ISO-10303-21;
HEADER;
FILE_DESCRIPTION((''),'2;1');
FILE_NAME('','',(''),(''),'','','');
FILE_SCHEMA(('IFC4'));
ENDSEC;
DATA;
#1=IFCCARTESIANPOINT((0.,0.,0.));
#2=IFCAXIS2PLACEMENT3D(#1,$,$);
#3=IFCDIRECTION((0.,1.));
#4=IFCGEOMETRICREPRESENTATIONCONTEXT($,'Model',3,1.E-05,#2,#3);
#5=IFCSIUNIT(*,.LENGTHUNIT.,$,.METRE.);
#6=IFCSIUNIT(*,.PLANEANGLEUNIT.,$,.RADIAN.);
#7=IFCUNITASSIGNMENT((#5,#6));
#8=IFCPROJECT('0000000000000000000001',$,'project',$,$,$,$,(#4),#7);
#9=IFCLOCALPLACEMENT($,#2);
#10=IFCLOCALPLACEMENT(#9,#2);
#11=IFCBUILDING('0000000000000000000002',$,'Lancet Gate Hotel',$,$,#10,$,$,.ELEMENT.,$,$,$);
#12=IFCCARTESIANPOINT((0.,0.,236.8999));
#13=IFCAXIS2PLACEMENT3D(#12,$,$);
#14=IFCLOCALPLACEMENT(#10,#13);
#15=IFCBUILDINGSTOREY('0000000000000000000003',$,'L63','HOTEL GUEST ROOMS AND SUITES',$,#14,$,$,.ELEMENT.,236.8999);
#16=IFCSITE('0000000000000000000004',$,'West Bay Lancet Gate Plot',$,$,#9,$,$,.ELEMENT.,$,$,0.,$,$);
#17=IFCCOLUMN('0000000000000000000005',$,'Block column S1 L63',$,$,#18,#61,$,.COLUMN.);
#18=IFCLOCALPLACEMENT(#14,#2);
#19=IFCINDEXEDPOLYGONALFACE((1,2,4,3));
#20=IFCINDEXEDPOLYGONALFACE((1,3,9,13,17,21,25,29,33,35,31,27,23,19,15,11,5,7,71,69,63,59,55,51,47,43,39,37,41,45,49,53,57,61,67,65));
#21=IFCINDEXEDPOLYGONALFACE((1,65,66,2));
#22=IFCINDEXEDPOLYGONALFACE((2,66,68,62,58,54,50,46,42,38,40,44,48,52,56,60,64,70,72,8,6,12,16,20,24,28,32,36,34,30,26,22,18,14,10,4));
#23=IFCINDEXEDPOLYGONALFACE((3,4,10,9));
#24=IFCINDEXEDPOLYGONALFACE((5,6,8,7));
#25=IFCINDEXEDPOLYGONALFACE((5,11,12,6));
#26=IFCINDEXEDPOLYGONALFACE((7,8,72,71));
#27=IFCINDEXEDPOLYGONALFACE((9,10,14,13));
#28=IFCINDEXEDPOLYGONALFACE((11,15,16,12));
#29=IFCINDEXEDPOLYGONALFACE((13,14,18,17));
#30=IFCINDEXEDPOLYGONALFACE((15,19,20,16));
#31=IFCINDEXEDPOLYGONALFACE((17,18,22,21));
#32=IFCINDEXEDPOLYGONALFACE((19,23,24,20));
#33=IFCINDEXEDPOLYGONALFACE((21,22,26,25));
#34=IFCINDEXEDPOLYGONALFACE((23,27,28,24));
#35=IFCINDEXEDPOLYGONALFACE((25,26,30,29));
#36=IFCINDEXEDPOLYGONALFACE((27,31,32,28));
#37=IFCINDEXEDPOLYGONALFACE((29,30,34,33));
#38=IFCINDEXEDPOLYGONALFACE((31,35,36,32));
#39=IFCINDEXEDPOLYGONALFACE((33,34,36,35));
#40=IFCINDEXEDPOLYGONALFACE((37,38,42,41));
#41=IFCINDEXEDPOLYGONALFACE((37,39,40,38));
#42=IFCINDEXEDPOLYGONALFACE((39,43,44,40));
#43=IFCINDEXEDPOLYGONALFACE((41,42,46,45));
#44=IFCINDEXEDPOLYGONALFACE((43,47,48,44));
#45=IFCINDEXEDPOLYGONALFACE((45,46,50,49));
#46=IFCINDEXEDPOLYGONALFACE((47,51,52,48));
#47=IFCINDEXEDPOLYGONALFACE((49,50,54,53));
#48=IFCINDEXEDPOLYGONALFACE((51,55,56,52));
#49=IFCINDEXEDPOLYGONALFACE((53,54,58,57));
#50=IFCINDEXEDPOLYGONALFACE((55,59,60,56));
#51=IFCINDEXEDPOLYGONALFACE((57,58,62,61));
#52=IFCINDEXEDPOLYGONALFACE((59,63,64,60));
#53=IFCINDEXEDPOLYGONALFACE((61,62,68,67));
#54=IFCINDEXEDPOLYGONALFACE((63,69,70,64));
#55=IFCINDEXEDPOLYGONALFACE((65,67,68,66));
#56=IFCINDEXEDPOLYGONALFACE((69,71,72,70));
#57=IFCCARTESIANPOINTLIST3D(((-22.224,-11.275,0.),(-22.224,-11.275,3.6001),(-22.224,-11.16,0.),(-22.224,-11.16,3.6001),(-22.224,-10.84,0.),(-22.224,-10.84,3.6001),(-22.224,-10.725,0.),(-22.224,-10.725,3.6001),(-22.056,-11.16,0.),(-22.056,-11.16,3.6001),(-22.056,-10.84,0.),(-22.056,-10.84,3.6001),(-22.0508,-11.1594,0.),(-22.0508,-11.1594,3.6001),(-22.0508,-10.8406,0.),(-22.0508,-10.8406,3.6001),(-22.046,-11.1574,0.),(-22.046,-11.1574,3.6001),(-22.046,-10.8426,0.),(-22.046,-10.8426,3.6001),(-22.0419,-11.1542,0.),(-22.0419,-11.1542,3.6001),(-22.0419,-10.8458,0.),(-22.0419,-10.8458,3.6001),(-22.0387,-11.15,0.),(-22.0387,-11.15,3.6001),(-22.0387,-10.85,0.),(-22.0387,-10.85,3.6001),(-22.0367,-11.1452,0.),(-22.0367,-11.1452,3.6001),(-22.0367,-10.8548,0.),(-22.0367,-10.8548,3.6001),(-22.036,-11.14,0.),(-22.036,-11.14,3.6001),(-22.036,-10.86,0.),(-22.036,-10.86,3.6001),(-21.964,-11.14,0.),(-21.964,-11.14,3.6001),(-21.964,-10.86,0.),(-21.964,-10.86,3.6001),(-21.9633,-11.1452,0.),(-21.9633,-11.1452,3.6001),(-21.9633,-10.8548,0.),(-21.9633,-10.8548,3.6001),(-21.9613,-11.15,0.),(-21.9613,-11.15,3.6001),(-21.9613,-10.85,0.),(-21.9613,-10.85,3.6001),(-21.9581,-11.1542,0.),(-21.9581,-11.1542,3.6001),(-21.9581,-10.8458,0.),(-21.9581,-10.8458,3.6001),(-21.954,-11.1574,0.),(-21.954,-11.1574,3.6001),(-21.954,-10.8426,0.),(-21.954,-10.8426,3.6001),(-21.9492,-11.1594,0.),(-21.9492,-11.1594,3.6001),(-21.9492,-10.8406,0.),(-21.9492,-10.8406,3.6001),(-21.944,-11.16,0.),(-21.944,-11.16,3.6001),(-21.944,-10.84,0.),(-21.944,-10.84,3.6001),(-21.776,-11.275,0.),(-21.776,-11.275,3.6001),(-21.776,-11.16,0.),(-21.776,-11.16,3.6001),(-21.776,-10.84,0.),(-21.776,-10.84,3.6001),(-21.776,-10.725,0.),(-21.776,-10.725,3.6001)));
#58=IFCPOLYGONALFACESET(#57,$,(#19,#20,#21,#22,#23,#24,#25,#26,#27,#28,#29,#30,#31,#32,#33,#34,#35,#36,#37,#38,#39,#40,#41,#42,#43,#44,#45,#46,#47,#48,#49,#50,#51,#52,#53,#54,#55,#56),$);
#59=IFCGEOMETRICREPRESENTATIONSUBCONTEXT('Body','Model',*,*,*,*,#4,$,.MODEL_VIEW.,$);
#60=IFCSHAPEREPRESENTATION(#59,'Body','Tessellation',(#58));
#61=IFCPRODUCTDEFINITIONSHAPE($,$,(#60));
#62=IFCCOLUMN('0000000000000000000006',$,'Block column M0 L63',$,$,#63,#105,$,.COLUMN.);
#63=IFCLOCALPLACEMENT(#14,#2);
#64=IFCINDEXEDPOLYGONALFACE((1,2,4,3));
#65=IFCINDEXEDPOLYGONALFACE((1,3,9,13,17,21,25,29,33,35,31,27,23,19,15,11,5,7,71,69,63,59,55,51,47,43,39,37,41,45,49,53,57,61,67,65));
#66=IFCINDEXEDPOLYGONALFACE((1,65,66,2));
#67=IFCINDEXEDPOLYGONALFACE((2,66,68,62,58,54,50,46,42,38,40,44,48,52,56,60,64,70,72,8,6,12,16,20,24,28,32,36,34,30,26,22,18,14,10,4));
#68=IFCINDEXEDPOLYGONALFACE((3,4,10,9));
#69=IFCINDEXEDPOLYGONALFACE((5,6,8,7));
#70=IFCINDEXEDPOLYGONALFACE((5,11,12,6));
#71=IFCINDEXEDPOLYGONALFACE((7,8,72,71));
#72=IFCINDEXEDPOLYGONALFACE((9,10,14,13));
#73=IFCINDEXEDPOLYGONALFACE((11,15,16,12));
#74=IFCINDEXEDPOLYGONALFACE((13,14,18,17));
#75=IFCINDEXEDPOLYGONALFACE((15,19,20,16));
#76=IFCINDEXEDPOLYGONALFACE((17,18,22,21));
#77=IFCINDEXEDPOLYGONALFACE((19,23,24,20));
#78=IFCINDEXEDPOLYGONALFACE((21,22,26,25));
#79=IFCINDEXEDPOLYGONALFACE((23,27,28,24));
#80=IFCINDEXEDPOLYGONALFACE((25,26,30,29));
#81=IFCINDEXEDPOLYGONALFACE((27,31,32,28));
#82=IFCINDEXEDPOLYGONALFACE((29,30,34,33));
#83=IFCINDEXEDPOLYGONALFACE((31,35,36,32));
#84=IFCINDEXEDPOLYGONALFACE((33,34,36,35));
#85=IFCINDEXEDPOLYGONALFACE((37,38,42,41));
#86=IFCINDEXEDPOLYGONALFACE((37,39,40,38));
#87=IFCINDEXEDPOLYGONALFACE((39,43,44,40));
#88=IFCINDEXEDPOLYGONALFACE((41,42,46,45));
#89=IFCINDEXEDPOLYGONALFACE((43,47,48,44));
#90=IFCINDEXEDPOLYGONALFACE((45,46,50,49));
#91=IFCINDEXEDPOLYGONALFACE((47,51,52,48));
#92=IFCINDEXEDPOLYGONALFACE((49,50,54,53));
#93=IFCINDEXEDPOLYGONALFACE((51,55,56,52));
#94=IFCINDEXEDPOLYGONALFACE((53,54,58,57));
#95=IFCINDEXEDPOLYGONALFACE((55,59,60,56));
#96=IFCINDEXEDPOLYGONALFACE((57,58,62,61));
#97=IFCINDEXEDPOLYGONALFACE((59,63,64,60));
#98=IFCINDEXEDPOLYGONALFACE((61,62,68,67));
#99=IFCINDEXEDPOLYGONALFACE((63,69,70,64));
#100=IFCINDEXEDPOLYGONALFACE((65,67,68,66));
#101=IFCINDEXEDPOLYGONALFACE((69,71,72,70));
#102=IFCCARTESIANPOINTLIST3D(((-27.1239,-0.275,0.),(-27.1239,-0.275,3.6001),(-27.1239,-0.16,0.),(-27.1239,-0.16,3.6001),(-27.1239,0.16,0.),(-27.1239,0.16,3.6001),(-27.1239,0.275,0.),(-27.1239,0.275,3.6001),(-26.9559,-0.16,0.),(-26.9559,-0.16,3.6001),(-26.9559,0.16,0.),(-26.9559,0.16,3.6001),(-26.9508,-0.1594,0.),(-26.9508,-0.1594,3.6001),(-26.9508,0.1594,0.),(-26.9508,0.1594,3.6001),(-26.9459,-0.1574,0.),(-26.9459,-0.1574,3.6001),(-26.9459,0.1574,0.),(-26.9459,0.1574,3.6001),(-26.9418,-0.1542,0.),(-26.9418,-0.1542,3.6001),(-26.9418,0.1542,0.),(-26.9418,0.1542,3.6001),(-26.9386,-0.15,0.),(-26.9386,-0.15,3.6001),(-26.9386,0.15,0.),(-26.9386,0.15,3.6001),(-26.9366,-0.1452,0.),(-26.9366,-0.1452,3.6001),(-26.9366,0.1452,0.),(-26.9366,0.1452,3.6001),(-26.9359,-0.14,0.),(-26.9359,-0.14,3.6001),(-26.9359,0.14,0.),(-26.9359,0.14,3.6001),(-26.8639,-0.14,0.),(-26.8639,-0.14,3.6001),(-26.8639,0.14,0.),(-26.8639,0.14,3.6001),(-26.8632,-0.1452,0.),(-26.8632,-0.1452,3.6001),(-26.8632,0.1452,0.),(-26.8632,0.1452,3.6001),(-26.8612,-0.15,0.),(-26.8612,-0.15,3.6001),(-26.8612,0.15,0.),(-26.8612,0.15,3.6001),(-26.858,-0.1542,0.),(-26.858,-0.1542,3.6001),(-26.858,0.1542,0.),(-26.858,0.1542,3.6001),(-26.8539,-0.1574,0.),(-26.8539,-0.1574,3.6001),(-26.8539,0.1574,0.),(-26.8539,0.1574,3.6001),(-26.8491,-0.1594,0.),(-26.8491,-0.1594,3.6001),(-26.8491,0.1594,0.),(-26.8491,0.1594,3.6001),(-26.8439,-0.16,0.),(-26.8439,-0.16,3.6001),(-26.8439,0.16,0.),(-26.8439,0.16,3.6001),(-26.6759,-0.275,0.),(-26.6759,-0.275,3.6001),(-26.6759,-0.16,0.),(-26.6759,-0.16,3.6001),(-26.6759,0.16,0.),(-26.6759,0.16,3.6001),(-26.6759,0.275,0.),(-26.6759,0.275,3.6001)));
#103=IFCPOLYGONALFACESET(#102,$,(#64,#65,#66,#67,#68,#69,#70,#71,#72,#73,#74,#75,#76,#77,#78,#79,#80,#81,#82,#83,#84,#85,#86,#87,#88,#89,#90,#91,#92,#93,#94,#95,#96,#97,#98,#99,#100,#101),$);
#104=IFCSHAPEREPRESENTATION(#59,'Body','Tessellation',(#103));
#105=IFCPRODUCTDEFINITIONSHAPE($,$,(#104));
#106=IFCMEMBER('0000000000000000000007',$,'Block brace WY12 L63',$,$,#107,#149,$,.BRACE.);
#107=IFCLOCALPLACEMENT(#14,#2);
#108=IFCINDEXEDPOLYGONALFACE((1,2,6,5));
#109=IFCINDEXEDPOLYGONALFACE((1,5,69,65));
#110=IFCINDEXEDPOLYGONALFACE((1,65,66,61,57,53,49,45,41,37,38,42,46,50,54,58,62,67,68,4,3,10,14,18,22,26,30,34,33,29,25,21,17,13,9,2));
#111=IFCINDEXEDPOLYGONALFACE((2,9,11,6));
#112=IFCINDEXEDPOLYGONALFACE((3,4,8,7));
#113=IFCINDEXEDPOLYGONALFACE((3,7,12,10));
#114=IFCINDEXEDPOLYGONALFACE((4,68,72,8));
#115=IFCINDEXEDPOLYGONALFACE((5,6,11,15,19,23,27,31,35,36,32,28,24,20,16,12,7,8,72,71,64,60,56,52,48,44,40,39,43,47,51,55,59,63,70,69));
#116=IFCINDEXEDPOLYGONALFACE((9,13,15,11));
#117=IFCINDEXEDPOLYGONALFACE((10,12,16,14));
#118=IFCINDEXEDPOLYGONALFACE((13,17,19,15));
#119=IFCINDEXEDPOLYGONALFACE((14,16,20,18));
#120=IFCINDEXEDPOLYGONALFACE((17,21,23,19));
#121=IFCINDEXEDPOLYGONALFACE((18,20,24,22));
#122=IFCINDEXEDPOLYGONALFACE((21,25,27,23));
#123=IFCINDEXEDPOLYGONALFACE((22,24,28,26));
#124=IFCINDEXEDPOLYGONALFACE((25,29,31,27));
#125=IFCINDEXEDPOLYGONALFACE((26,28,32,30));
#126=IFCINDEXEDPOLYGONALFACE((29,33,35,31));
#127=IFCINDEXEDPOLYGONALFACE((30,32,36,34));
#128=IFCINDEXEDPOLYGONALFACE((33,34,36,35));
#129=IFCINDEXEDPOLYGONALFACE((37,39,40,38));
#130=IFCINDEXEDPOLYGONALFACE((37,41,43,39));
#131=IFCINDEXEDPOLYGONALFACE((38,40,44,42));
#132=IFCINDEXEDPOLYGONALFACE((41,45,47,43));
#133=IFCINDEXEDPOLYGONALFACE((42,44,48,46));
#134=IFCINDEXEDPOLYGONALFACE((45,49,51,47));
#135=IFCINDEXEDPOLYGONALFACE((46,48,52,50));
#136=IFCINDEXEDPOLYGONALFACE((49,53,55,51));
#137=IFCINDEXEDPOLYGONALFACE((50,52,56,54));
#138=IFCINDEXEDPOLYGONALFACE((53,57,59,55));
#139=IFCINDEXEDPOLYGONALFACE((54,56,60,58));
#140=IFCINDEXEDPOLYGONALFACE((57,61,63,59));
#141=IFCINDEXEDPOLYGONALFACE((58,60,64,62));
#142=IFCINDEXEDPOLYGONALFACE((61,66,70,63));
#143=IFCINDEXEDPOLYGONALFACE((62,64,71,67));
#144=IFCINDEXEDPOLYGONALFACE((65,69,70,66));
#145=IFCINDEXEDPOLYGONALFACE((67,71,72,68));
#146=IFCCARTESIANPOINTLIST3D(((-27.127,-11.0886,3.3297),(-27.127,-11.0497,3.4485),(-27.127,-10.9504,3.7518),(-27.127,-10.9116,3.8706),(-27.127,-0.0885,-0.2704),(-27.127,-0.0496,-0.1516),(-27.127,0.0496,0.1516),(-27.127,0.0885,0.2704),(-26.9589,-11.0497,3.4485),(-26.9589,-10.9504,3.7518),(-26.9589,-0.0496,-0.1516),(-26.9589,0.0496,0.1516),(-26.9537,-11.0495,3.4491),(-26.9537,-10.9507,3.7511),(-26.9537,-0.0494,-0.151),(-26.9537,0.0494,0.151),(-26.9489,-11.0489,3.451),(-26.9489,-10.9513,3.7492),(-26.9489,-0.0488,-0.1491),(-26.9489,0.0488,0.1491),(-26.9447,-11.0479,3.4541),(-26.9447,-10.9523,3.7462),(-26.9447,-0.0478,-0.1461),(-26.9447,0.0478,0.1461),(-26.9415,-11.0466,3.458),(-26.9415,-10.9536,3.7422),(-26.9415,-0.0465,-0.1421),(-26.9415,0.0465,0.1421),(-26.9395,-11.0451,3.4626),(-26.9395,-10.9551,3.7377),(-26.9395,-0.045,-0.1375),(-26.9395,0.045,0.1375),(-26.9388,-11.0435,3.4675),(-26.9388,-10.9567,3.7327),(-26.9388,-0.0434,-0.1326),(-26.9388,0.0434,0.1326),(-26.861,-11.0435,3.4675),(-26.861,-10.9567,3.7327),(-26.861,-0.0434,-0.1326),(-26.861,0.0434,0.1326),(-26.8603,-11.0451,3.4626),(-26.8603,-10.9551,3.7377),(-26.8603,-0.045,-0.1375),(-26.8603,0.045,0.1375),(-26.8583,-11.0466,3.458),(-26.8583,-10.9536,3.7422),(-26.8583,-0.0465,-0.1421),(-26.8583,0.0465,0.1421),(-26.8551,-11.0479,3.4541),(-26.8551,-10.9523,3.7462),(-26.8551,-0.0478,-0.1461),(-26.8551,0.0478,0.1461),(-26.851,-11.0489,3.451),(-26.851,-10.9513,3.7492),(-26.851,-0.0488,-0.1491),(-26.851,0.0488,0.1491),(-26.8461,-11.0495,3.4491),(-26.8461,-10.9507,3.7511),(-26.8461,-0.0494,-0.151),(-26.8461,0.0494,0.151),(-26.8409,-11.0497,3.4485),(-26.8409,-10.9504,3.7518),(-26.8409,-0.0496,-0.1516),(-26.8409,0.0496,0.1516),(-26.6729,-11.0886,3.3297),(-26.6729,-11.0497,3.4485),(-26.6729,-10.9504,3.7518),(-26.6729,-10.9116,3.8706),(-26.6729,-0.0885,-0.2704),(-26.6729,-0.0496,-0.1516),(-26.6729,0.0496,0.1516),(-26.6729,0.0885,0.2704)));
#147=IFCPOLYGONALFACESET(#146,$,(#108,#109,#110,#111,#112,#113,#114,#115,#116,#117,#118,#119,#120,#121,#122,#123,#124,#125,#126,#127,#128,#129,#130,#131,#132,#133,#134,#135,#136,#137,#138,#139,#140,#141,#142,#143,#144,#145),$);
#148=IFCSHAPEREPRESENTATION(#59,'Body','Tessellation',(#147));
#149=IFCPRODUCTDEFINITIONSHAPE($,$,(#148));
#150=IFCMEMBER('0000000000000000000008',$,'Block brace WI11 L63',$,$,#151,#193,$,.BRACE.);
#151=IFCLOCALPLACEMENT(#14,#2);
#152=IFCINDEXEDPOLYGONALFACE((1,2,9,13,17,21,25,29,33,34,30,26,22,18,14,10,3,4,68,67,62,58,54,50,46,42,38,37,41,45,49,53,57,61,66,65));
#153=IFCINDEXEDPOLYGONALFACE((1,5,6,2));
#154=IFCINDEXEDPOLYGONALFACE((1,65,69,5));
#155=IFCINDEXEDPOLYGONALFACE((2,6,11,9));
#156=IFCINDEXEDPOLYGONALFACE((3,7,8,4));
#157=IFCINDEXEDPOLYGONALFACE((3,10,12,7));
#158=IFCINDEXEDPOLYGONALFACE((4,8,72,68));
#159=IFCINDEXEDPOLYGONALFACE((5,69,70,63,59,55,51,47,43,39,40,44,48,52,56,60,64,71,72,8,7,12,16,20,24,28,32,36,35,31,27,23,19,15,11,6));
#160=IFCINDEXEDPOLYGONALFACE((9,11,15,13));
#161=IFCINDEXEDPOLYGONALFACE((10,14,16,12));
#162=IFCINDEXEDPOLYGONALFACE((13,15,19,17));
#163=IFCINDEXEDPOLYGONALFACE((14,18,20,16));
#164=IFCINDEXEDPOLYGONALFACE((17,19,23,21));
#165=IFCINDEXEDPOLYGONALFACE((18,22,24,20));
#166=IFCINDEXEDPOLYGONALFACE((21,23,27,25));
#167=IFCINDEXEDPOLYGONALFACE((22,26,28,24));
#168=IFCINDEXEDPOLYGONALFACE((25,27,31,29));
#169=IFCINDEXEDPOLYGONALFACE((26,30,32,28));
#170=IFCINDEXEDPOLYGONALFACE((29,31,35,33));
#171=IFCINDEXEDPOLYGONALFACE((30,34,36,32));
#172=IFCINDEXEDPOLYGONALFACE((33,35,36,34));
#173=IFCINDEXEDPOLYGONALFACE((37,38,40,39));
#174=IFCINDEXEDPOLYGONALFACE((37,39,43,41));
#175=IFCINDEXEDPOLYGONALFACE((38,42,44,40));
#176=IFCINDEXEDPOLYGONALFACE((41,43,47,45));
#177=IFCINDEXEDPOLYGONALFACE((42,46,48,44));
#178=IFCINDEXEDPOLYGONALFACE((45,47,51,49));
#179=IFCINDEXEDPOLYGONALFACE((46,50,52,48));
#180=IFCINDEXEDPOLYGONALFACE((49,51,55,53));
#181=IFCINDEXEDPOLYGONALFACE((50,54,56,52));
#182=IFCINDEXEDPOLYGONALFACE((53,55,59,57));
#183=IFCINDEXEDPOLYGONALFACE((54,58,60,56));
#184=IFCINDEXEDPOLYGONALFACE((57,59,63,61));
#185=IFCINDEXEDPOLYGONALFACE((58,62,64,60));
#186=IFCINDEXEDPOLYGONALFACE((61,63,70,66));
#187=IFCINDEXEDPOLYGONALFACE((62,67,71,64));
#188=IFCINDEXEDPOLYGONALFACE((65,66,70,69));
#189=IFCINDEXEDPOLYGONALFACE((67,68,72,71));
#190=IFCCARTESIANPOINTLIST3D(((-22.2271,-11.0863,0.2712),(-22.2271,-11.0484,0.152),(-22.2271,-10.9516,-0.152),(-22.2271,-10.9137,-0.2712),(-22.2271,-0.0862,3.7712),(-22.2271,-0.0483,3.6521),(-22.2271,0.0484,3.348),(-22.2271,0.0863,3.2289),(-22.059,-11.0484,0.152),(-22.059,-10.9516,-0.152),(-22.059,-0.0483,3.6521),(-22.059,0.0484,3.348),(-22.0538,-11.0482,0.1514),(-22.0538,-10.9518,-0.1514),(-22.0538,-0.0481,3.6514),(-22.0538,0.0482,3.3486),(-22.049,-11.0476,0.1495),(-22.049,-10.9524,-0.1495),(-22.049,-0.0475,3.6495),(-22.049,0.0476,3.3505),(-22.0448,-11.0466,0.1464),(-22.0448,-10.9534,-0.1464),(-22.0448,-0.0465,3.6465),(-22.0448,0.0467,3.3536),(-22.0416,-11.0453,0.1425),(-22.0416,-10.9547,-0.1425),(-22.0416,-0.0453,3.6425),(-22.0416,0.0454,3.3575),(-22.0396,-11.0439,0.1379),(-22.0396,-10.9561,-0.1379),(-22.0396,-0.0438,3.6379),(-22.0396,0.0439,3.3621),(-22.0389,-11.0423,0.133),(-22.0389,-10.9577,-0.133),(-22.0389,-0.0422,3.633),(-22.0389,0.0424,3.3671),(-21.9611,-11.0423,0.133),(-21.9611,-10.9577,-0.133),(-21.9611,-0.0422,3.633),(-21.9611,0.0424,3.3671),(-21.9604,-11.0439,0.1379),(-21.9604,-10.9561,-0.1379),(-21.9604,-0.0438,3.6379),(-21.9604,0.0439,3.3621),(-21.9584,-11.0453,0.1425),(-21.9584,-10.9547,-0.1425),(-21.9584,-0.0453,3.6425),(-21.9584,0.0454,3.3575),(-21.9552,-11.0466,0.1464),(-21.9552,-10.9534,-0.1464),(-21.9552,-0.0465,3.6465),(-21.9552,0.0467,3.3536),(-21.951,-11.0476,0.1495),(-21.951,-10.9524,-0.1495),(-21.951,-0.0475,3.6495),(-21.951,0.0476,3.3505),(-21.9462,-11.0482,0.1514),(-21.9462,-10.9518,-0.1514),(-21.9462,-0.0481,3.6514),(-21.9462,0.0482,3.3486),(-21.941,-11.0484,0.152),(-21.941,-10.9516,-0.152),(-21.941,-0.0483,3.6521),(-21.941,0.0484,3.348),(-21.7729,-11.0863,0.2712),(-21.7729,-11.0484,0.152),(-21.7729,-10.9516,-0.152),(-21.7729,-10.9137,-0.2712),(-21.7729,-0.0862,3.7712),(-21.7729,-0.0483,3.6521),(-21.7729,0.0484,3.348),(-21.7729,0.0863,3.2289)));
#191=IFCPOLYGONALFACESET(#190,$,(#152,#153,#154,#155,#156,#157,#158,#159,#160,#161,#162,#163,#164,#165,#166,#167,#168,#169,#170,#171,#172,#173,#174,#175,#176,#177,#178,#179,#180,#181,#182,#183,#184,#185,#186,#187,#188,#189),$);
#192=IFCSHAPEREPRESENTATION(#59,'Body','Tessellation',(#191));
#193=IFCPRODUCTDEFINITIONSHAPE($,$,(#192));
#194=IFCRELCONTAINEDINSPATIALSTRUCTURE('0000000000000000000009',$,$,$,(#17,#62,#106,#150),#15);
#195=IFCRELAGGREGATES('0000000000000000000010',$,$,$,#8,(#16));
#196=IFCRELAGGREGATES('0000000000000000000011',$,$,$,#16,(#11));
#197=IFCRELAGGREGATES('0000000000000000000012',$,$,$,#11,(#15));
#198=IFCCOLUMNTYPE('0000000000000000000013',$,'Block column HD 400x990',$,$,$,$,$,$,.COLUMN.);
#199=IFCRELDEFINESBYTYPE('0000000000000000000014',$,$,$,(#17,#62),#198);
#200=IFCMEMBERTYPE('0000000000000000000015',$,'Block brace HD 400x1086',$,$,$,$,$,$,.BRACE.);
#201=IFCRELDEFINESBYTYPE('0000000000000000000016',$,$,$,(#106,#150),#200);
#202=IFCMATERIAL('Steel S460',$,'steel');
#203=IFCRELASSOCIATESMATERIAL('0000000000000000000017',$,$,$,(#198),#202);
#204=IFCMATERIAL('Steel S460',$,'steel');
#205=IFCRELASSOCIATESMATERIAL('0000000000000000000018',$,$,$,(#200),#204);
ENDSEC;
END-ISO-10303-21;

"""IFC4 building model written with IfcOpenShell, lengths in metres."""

from ifc_helpers import new_model, si_unit, direction, frame, origin, origin_2d, place, context, subcontext, project, spatial, i_section, extrude, material, material_profile, profile_set, type_object, element, save


model = new_model("IFC4")

# Units and contexts
model_context = context("Model", 3, precision=1e-05, world=origin(), true_north=direction((0.0, 1.0)))
body_context = subcontext(model_context, "Body", "Model", "MODEL_VIEW")
ifc_project = project(units=[si_unit("LENGTHUNIT", "METRE"), si_unit("PLANEANGLEUNIT", "RADIAN")], contexts=[model_context])

# Site, building, storey
site_placement = place(None, origin())
site = spatial("IfcSite", under=ifc_project, at=site_placement, Name="West Bay Lancet Gate Plot", CompositionType="ELEMENT", RefElevation=0.0)
building_placement = place(site_placement, origin())
building = spatial("IfcBuilding", under=site, at=building_placement, Name="Lancet Gate Hotel", CompositionType="ELEMENT")
storey_placement = place(building_placement, frame((0.0, 0.0, 236.8999)))
storey = spatial("IfcBuildingStorey", under=building, at=storey_placement, Name="L63", Description="HOTEL GUEST ROOMS AND SUITES", CompositionType="ELEMENT", Elevation=236.8999)

# Columns
ifc_material_1 = material(Name="Steel S460", Category="steel")
ifc_material_profile_1 = material_profile(ifc_material_1, i_section(OverallWidth=0.448, OverallDepth=0.55, WebThickness=0.072, FlangeThickness=0.115, FilletRadius=0.02, at=origin_2d()), Name="HD 400x990")
ifc_profile_set_1 = profile_set([ifc_material_profile_1], Name="Steel S460")
column_type = type_object("IfcColumnType", Name="Block column HD 400x990", PredefinedType="COLUMN", material=ifc_profile_set_1)
for number, where, z_axis, x_axis, name in (
    (1, (-22.0, -11.0, 0.0), (0.0, 0.0, 1.0), (1.0, 0.0, 0.0), "Block column S1 L63"),
    (2, (-26.8999, 0.0, 0.0), (0.0, 0.0, 1.0), (1.0, 0.0, 0.0), "Block column M0 L63"),
):
    element("IfcColumn", number, at=place(storey_placement, frame(where, z_axis=z_axis, x_axis=x_axis)), inside=storey, type_object=column_type, Name=name, PredefinedType="COLUMN", context=body_context, shape_type="SweptSolid", body=[
        extrude(i_section(OverallWidth=0.448, OverallDepth=0.55, WebThickness=0.072, FlangeThickness=0.115, FilletRadius=0.02, at=origin_2d()), origin(), (0.0, 0.0, 1.0), 3.6001),
    ])

# Members
ifc_material_2 = material(Name="Steel S460", Category="steel")
ifc_material_profile_2 = material_profile(ifc_material_2, i_section(OverallWidth=0.4541, OverallDepth=0.5691, WebThickness=0.0779, FlangeThickness=0.125, FilletRadius=0.02, at=origin_2d()), Name="HD 400x1086")
ifc_profile_set_2 = profile_set([ifc_material_profile_2], Name="Steel S460")
member_type = type_object("IfcMemberType", Name="Block brace HD 400x1086", PredefinedType="BRACE", material=ifc_profile_set_2)
member_1_placement = place(storey_placement, frame((-26.8999, 0.0, 0.0), z_axis=(0.0, -0.950395, 0.311047), x_axis=(1.0, 0.0, 0.0)))
element("IfcMember", 3, at=member_1_placement, inside=storey, type_object=member_type, Name="Block brace WY12 L63", PredefinedType="BRACE", context=body_context, shape_type="SweptSolid", body=[
    extrude(i_section(OverallWidth=0.4541, OverallDepth=0.5691, WebThickness=0.0779, FlangeThickness=0.125, FilletRadius=0.02, at=origin_2d()), origin(), (0.0, 0.0, 1.0), 11.5742),
])
member_2_placement = place(storey_placement, frame((-22.0, -11.0, 0.0), z_axis=(0.0, 0.952926, 0.303204), x_axis=(-1.0, 0.0, 0.0)))
element("IfcMember", 4, at=member_2_placement, inside=storey, type_object=member_type, Name="Block brace WI11 L63", PredefinedType="BRACE", context=body_context, shape_type="SweptSolid", body=[
    extrude(i_section(OverallWidth=0.4541, OverallDepth=0.5691, WebThickness=0.0779, FlangeThickness=0.125, FilletRadius=0.02, at=origin_2d()), origin(), (0.0, 0.0, 1.0), 11.5435),
])

save(model, "model.ifc")
